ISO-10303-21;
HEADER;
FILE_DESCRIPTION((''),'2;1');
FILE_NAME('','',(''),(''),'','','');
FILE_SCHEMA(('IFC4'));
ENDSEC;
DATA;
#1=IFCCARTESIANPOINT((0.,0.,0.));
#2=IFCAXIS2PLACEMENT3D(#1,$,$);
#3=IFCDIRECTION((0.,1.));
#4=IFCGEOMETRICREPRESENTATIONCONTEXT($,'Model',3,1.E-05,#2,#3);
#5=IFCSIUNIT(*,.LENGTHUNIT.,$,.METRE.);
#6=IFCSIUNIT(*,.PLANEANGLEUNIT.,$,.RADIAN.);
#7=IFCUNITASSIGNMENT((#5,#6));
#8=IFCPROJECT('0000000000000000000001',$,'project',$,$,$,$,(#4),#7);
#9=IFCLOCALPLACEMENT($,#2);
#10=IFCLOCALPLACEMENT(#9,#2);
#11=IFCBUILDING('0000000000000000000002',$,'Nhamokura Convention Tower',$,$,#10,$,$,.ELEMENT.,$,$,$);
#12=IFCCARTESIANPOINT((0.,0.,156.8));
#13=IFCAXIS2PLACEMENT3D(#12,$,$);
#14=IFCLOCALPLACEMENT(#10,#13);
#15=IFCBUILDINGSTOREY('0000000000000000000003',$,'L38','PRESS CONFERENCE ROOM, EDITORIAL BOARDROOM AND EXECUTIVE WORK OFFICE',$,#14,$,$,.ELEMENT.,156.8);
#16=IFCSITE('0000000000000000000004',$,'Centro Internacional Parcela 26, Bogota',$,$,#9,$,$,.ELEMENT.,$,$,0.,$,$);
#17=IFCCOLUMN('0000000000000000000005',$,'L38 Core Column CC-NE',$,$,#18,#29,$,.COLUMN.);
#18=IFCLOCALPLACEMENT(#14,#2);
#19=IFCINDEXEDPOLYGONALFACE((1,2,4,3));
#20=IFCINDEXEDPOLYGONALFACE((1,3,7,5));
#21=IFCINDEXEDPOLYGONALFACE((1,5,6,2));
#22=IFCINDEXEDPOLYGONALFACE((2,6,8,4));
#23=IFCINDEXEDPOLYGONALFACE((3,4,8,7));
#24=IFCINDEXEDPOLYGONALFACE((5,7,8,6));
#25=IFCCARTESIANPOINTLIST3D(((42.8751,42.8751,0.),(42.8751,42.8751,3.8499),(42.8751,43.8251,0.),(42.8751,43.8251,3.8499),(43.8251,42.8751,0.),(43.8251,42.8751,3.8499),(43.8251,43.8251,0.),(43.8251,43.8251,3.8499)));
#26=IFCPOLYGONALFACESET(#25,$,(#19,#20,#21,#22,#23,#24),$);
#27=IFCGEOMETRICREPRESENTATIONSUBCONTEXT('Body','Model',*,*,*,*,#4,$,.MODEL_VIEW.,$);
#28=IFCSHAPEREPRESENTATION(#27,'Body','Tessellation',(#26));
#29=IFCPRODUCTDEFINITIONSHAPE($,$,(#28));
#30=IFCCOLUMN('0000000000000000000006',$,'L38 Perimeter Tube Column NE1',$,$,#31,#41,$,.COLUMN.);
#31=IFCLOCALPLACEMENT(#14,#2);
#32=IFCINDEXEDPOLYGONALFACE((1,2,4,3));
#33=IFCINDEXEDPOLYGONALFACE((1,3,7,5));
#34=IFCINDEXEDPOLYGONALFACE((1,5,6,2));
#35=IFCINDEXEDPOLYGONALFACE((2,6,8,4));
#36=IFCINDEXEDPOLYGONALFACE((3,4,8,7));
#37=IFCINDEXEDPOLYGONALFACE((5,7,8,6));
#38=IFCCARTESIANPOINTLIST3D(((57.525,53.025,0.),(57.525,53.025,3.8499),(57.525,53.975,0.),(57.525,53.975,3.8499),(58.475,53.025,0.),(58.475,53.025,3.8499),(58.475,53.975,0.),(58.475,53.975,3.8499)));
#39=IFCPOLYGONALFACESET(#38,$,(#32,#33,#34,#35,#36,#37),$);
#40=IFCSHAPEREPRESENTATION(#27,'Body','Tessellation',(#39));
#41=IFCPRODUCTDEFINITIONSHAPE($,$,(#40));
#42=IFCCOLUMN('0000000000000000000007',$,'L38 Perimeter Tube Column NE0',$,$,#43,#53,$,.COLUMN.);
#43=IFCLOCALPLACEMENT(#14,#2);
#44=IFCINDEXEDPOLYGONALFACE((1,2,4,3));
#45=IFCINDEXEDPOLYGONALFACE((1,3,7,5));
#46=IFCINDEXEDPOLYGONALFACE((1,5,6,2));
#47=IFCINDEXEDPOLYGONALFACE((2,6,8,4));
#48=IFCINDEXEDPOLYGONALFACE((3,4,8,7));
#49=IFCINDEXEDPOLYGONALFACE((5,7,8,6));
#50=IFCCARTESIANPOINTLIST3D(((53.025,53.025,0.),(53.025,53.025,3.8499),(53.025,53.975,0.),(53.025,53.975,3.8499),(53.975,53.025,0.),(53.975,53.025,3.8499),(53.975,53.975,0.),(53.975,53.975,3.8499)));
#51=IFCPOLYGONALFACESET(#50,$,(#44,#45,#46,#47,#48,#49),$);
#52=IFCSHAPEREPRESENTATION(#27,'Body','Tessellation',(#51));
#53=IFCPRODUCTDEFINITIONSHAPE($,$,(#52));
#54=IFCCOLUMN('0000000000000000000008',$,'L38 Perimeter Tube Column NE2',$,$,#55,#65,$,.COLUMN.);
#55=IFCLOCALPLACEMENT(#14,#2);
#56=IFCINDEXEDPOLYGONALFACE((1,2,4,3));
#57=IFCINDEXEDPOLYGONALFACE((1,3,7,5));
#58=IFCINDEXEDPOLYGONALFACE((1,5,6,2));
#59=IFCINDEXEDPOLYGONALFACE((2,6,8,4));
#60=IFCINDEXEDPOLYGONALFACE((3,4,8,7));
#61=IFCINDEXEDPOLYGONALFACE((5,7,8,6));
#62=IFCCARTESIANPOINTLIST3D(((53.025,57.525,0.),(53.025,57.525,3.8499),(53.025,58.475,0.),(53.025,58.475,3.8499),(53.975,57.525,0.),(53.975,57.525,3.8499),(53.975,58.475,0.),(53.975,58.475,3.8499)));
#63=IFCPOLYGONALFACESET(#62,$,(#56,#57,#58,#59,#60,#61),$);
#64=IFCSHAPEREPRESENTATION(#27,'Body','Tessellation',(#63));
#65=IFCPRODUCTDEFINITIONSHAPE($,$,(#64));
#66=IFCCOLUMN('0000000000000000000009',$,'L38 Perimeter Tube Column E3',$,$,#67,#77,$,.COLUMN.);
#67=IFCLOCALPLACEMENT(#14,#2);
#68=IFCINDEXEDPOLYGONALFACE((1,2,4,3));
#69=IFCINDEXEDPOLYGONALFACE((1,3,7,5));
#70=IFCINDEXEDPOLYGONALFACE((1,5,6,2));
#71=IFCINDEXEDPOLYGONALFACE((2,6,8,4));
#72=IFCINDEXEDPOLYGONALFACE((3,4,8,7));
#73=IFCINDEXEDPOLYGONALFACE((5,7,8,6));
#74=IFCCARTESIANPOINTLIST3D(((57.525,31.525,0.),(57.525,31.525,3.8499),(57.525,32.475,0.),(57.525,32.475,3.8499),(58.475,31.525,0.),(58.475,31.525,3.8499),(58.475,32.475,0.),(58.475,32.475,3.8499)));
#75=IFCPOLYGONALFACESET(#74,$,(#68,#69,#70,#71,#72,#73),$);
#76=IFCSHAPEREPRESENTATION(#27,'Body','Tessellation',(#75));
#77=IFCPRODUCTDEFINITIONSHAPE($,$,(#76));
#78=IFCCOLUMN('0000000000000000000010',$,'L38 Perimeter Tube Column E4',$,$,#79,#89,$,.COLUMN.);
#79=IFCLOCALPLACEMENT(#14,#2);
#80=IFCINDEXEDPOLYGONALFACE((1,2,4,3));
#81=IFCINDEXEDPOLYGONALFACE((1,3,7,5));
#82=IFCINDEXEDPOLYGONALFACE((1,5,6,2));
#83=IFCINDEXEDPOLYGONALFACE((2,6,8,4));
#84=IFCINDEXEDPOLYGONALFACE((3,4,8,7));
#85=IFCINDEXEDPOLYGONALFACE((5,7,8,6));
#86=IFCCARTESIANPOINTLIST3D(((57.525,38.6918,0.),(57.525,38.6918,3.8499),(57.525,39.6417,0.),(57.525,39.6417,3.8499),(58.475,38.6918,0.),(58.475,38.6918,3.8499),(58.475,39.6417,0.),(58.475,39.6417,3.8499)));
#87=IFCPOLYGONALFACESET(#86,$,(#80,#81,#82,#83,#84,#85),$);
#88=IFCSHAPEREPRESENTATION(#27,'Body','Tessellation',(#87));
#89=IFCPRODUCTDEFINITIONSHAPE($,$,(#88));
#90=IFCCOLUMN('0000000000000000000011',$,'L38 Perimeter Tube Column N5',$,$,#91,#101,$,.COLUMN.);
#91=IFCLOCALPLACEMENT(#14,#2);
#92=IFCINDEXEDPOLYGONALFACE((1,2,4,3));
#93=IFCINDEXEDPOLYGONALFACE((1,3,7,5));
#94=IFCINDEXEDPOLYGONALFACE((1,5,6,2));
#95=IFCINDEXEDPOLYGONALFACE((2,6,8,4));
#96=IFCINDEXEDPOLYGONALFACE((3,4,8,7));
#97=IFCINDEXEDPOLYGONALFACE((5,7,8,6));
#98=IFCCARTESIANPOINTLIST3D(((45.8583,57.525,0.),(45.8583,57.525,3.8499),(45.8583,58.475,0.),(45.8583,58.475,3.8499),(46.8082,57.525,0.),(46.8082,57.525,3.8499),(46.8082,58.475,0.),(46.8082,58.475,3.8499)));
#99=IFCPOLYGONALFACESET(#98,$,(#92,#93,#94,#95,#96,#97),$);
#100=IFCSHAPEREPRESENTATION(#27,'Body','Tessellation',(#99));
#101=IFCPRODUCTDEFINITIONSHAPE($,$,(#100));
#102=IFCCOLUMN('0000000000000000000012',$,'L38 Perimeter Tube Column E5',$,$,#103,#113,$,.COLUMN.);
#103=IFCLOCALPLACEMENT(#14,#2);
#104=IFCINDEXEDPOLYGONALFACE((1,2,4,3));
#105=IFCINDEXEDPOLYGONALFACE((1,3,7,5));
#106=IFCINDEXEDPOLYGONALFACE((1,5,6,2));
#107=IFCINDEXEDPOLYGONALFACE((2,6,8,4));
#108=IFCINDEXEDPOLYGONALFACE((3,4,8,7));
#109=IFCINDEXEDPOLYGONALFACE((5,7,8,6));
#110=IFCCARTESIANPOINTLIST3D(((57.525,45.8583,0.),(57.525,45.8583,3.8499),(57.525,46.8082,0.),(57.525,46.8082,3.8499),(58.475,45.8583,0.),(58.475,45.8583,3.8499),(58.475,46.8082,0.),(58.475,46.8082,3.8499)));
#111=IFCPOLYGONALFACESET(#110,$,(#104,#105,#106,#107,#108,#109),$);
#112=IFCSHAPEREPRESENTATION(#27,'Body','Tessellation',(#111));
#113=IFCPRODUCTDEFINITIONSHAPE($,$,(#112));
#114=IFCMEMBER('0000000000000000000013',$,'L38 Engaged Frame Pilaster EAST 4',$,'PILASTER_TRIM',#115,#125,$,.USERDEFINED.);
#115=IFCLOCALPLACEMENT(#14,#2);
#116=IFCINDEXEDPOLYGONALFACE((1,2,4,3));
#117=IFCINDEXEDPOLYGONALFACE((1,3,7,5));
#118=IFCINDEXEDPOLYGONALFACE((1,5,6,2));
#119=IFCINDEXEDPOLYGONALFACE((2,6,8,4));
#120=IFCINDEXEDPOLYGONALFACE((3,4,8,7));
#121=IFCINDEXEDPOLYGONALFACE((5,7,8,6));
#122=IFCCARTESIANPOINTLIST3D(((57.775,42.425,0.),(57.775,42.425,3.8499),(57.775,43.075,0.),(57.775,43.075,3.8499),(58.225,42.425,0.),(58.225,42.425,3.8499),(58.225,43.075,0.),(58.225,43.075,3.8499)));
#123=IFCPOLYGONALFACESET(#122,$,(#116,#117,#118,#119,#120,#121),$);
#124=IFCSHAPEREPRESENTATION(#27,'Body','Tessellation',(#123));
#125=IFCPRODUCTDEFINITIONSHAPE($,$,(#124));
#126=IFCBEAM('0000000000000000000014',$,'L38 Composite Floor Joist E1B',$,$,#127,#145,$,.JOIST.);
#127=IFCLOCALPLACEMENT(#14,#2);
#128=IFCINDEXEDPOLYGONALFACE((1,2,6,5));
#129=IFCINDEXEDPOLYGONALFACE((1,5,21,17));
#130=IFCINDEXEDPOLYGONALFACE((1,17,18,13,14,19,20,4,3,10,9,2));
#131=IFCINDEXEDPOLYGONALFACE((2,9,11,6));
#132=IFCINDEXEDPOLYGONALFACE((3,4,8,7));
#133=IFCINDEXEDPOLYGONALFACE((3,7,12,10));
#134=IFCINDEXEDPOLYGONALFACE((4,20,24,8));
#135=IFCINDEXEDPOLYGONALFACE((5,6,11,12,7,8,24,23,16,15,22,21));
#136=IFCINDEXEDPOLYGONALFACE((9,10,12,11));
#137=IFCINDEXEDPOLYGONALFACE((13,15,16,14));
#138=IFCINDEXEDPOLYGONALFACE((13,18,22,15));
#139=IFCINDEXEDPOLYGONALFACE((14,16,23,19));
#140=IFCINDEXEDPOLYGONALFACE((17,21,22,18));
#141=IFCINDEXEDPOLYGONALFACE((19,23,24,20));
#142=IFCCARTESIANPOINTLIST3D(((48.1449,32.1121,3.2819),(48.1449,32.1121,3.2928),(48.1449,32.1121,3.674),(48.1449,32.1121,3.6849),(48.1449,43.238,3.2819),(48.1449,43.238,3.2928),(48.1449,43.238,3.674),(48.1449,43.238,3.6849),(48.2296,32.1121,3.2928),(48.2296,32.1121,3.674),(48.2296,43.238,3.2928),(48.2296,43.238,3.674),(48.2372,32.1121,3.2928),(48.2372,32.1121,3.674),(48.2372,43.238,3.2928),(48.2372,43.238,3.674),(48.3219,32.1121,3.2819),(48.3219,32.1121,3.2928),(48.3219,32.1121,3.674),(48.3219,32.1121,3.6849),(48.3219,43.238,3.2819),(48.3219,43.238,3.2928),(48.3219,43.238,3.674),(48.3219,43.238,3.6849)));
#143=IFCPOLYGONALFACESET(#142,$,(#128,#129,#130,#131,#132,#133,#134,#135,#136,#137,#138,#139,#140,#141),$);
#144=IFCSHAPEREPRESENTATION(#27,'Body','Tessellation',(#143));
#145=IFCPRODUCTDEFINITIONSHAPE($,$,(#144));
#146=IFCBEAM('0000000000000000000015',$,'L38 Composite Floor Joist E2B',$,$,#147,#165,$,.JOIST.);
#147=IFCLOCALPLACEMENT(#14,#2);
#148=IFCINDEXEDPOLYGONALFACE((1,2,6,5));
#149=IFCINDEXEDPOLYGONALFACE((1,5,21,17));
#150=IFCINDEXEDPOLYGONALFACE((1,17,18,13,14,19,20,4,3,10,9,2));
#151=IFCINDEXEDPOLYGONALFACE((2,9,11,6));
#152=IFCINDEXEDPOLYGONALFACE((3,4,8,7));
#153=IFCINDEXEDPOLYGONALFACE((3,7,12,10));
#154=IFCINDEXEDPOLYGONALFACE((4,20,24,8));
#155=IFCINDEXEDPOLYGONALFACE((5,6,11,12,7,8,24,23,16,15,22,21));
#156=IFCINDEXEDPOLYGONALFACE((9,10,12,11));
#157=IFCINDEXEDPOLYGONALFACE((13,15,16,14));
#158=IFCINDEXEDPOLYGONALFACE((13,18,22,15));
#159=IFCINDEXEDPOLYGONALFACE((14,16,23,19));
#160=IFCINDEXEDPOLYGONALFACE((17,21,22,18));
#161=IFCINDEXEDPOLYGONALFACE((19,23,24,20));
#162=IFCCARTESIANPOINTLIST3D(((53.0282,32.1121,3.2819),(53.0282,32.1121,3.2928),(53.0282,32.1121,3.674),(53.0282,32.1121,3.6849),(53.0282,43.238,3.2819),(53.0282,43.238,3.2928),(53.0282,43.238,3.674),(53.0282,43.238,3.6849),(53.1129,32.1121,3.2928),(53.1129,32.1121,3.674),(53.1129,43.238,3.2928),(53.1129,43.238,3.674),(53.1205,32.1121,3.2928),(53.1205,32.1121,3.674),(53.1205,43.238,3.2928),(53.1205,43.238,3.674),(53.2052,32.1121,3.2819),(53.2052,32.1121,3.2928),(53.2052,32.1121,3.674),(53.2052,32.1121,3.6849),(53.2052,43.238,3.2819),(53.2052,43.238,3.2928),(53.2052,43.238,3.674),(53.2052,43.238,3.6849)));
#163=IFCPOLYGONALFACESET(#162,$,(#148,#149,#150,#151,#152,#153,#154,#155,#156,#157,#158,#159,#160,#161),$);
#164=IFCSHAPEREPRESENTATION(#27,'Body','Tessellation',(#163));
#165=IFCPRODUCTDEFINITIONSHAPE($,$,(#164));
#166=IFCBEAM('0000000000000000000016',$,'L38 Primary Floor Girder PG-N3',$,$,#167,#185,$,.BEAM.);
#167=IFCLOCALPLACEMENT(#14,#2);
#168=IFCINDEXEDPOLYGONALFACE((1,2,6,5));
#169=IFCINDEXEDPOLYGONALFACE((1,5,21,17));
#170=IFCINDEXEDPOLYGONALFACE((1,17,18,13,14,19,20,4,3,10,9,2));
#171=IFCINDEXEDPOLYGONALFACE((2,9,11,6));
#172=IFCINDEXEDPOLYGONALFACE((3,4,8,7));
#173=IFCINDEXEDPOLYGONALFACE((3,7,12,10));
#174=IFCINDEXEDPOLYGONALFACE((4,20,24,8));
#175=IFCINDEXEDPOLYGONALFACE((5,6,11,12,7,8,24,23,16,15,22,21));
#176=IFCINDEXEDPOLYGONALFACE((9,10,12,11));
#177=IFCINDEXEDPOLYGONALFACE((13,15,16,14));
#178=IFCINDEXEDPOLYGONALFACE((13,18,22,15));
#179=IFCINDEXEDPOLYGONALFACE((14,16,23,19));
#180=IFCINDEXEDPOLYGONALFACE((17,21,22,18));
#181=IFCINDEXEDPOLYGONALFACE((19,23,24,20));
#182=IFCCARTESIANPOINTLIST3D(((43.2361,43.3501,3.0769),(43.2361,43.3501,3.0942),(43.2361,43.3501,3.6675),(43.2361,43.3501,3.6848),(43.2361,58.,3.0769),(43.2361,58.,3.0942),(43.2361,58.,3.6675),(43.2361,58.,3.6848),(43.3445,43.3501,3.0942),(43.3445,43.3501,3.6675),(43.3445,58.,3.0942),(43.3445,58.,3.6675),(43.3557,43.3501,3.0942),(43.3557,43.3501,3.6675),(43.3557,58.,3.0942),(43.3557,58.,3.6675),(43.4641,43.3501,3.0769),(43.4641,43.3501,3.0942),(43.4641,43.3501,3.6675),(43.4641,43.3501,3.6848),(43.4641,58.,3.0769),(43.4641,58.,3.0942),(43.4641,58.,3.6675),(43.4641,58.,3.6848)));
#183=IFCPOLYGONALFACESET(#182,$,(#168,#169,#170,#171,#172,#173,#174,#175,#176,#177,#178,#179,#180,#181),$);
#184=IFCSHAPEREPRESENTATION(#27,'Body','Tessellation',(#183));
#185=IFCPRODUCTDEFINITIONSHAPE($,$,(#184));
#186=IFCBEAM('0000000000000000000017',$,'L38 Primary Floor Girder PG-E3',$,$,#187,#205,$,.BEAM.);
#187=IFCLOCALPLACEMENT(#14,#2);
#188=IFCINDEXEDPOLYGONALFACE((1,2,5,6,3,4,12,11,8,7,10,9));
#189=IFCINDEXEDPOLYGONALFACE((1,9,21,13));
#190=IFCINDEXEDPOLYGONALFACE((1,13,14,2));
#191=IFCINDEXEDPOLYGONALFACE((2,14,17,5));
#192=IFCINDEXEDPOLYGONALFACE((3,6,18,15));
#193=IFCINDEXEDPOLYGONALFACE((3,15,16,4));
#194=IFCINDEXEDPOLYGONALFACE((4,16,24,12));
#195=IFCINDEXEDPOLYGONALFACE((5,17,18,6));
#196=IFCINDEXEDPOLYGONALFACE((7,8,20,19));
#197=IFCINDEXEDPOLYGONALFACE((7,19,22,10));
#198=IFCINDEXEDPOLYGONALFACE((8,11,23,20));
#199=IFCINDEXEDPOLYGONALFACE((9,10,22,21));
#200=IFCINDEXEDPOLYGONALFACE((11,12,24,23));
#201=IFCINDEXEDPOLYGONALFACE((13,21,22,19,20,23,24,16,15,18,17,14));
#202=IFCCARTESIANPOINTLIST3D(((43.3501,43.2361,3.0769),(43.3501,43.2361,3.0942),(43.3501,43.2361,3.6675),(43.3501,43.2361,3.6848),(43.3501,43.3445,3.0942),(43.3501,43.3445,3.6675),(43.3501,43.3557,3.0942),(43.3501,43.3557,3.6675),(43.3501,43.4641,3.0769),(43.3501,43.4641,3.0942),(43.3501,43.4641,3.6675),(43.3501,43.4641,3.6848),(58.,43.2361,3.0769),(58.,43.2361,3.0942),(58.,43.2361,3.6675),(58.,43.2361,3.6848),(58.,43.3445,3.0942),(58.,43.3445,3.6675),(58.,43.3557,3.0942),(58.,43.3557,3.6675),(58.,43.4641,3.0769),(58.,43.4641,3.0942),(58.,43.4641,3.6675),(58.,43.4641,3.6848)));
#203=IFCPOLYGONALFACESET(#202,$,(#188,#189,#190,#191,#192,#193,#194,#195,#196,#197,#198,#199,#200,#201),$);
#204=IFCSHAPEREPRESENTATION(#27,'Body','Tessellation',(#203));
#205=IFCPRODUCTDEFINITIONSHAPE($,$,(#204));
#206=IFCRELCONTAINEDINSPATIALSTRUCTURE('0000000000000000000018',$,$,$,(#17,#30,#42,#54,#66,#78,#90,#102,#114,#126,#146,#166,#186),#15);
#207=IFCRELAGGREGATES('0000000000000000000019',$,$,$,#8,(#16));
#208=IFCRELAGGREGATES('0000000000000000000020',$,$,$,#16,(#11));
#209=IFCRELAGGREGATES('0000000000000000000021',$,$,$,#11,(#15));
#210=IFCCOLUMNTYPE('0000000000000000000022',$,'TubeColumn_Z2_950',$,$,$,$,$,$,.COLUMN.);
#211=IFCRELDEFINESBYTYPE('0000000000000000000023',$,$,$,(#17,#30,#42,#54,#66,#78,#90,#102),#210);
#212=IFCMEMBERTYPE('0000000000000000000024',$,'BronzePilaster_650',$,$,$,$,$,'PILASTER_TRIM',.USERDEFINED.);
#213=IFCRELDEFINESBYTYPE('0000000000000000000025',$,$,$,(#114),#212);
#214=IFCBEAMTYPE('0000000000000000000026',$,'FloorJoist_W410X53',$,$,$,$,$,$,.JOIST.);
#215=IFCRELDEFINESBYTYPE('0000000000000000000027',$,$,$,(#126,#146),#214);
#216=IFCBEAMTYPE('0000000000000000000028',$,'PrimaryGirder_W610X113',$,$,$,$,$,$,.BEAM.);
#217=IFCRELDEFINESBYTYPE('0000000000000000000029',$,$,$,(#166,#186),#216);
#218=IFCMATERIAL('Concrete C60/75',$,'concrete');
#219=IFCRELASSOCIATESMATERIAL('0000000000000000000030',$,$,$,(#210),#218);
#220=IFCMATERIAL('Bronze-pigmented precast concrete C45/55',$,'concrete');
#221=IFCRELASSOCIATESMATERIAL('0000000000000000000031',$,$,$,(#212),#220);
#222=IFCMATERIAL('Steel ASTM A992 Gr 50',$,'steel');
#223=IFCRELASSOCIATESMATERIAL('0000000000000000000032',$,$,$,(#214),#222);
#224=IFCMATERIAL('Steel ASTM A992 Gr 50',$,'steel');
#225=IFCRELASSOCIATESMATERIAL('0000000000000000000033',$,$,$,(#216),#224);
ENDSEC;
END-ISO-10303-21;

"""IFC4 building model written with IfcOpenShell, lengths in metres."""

from ifc_helpers import new_model, si_unit, direction, frame, origin, origin_2d, place, context, subcontext, project, spatial, rectangle, i_section, extrude, material, material_profile, profile_set, type_object, element, save


model = new_model("IFC4")

# Units and contexts
model_context = context("Model", 3, precision=1e-05, world=origin(), true_north=direction((0.0, 1.0)))
body_context = subcontext(model_context, "Body", "Model", "MODEL_VIEW")
ifc_project = project(units=[si_unit("LENGTHUNIT", "METRE"), si_unit("PLANEANGLEUNIT", "RADIAN")], contexts=[model_context])

# Site, building, storey
site_placement = place(None, origin())
site = spatial("IfcSite", under=ifc_project, at=site_placement, Name="Centro Internacional Parcela 26, Bogota", CompositionType="ELEMENT", RefElevation=0.0)
building_placement = place(site_placement, origin())
building = spatial("IfcBuilding", under=site, at=building_placement, Name="Nhamokura Convention Tower", CompositionType="ELEMENT")
storey_placement = place(building_placement, frame((0.0, 0.0, 156.8)))
storey = spatial("IfcBuildingStorey", under=building, at=storey_placement, Name="L38", Description="PRESS CONFERENCE ROOM, EDITORIAL BOARDROOM AND EXECUTIVE WORK OFFICE", CompositionType="ELEMENT", Elevation=156.8)

# Columns
ifc_material_1 = material(Name="Concrete C60/75", Category="concrete")
ifc_material_profile_1 = material_profile(ifc_material_1, rectangle(XDim=0.95, YDim=0.95, at=origin_2d()))
ifc_profile_set_1 = profile_set([ifc_material_profile_1], Name="Concrete C60/75")
column_type = type_object("IfcColumnType", Name="TubeColumn_Z2_950", PredefinedType="COLUMN", material=ifc_profile_set_1)
for number, where, z_axis, x_axis, name in (
    (1, (43.3501, 43.3501, 0.0), (0.0, 0.0, 1.0), (1.0, 0.0, 0.0), "L38 Core Column CC-NE"),
    (2, (58.0, 53.5, 0.0), (0.0, 0.0, 1.0), (1.0, 0.0, 0.0), "L38 Perimeter Tube Column NE1"),
    (3, (53.5, 53.5, 0.0), (0.0, 0.0, 1.0), (1.0, 0.0, 0.0), "L38 Perimeter Tube Column NE0"),
    (4, (53.5, 58.0, 0.0), (0.0, 0.0, 1.0), (1.0, 0.0, 0.0), "L38 Perimeter Tube Column NE2"),
    (5, (58.0, 32.0, 0.0), (0.0, 0.0, 1.0), (1.0, 0.0, 0.0), "L38 Perimeter Tube Column E3"),
    (6, (58.0, 39.1667, 0.0), (0.0, 0.0, 1.0), (1.0, 0.0, 0.0), "L38 Perimeter Tube Column E4"),
    (7, (46.3333, 58.0, 0.0), (0.0, 0.0, 1.0), (1.0, 0.0, 0.0), "L38 Perimeter Tube Column N5"),
    (8, (58.0, 46.3333, 0.0), (0.0, 0.0, 1.0), (1.0, 0.0, 0.0), "L38 Perimeter Tube Column E5"),
):
    element("IfcColumn", number, at=place(storey_placement, frame(where, z_axis=z_axis, x_axis=x_axis)), inside=storey, type_object=column_type, Name=name, PredefinedType="COLUMN", context=body_context, shape_type="SweptSolid", body=[
        extrude(rectangle(XDim=0.95, YDim=0.95, at=origin_2d()), origin(), (0.0, 0.0, 1.0), 3.8499),
    ])

# Member
ifc_material_2 = material(Name="Bronze-pigmented precast concrete C45/55", Category="concrete")
ifc_material_profile_2 = material_profile(ifc_material_2, rectangle(XDim=0.45, YDim=0.6499, at=origin_2d()))
ifc_profile_set_2 = profile_set([ifc_material_profile_2], Name="Bronze-pigmented precast concrete C45/55")
member_type_1 = type_object("IfcMemberType", Name="BronzePilaster_650", ElementType="PILASTER_TRIM", PredefinedType="USERDEFINED", material=ifc_profile_set_2)
member_placement = place(storey_placement, frame((58.0, 42.75, 0.0), z_axis=(0.0, 0.0, 1.0), x_axis=(1.0, 0.0, 0.0)))
element("IfcMember", 9, at=member_placement, inside=storey, type_object=member_type_1, Name="L38 Engaged Frame Pilaster EAST 4", ObjectType="PILASTER_TRIM", PredefinedType="USERDEFINED", context=body_context, shape_type="SweptSolid", body=[
    extrude(rectangle(XDim=0.45, YDim=0.6499, at=origin_2d()), origin(), (0.0, 0.0, 1.0), 3.8499),
])

# Beams
ifc_material_3 = material(Name="Steel ASTM A992 Gr 50", Category="steel")
ifc_material_profile_3 = material_profile(ifc_material_3, i_section(OverallWidth=0.177, OverallDepth=0.4031, WebThickness=0.0076, FlangeThickness=0.011, at=origin_2d()))
ifc_profile_set_3 = profile_set([ifc_material_profile_3], Name="Steel ASTM A992 Gr 50")
beam_type_1 = type_object("IfcBeamType", Name="FloorJoist_W410X53", PredefinedType="JOIST", material=ifc_profile_set_3)
for number, where, z_axis, x_axis, name in (
    (10, (48.2334, 32.1121, 3.4834), (0.0, 1.0, 0.0), (-1.0, 0.0, 0.0), "L38 Composite Floor Joist E1B"),
    (11, (53.1167, 32.1121, 3.4834), (0.0, 1.0, 0.0), (-1.0, 0.0, 0.0), "L38 Composite Floor Joist E2B"),
):
    element("IfcBeam", number, at=place(storey_placement, frame(where, z_axis=z_axis, x_axis=x_axis)), inside=storey, type_object=beam_type_1, Name=name, PredefinedType="JOIST", context=body_context, shape_type="SweptSolid", body=[
        extrude(i_section(OverallWidth=0.177, OverallDepth=0.4031, WebThickness=0.0076, FlangeThickness=0.011, at=origin_2d()), origin(), (0.0, 0.0, 1.0), 11.126),
    ])
ifc_material_4 = material(Name="Steel ASTM A992 Gr 50", Category="steel")
ifc_material_profile_4 = material_profile(ifc_material_4, i_section(OverallWidth=0.228, OverallDepth=0.6079, WebThickness=0.0112, FlangeThickness=0.0173, at=origin_2d()))
ifc_profile_set_4 = profile_set([ifc_material_profile_4], Name="Steel ASTM A992 Gr 50")
beam_type_2 = type_object("IfcBeamType", Name="PrimaryGirder_W610X113", PredefinedType="BEAM", material=ifc_profile_set_4)
for number, where, z_axis, x_axis, name in (
    (12, (43.3501, 43.3501, 3.3809), (0.0, 1.0, 0.0), (-1.0, 0.0, 0.0), "L38 Primary Floor Girder PG-N3"),
    (13, (43.3501, 43.3501, 3.3809), (1.0, 0.0, 0.0), (0.0, 1.0, 0.0), "L38 Primary Floor Girder PG-E3"),
):
    element("IfcBeam", number, at=place(storey_placement, frame(where, z_axis=z_axis, x_axis=x_axis)), inside=storey, type_object=beam_type_2, Name=name, PredefinedType="BEAM", context=body_context, shape_type="SweptSolid", body=[
        extrude(i_section(OverallWidth=0.228, OverallDepth=0.6079, WebThickness=0.0112, FlangeThickness=0.0173, at=origin_2d()), origin(), (0.0, 0.0, 1.0), 14.6499),
    ])

save(model, "model.ifc")
